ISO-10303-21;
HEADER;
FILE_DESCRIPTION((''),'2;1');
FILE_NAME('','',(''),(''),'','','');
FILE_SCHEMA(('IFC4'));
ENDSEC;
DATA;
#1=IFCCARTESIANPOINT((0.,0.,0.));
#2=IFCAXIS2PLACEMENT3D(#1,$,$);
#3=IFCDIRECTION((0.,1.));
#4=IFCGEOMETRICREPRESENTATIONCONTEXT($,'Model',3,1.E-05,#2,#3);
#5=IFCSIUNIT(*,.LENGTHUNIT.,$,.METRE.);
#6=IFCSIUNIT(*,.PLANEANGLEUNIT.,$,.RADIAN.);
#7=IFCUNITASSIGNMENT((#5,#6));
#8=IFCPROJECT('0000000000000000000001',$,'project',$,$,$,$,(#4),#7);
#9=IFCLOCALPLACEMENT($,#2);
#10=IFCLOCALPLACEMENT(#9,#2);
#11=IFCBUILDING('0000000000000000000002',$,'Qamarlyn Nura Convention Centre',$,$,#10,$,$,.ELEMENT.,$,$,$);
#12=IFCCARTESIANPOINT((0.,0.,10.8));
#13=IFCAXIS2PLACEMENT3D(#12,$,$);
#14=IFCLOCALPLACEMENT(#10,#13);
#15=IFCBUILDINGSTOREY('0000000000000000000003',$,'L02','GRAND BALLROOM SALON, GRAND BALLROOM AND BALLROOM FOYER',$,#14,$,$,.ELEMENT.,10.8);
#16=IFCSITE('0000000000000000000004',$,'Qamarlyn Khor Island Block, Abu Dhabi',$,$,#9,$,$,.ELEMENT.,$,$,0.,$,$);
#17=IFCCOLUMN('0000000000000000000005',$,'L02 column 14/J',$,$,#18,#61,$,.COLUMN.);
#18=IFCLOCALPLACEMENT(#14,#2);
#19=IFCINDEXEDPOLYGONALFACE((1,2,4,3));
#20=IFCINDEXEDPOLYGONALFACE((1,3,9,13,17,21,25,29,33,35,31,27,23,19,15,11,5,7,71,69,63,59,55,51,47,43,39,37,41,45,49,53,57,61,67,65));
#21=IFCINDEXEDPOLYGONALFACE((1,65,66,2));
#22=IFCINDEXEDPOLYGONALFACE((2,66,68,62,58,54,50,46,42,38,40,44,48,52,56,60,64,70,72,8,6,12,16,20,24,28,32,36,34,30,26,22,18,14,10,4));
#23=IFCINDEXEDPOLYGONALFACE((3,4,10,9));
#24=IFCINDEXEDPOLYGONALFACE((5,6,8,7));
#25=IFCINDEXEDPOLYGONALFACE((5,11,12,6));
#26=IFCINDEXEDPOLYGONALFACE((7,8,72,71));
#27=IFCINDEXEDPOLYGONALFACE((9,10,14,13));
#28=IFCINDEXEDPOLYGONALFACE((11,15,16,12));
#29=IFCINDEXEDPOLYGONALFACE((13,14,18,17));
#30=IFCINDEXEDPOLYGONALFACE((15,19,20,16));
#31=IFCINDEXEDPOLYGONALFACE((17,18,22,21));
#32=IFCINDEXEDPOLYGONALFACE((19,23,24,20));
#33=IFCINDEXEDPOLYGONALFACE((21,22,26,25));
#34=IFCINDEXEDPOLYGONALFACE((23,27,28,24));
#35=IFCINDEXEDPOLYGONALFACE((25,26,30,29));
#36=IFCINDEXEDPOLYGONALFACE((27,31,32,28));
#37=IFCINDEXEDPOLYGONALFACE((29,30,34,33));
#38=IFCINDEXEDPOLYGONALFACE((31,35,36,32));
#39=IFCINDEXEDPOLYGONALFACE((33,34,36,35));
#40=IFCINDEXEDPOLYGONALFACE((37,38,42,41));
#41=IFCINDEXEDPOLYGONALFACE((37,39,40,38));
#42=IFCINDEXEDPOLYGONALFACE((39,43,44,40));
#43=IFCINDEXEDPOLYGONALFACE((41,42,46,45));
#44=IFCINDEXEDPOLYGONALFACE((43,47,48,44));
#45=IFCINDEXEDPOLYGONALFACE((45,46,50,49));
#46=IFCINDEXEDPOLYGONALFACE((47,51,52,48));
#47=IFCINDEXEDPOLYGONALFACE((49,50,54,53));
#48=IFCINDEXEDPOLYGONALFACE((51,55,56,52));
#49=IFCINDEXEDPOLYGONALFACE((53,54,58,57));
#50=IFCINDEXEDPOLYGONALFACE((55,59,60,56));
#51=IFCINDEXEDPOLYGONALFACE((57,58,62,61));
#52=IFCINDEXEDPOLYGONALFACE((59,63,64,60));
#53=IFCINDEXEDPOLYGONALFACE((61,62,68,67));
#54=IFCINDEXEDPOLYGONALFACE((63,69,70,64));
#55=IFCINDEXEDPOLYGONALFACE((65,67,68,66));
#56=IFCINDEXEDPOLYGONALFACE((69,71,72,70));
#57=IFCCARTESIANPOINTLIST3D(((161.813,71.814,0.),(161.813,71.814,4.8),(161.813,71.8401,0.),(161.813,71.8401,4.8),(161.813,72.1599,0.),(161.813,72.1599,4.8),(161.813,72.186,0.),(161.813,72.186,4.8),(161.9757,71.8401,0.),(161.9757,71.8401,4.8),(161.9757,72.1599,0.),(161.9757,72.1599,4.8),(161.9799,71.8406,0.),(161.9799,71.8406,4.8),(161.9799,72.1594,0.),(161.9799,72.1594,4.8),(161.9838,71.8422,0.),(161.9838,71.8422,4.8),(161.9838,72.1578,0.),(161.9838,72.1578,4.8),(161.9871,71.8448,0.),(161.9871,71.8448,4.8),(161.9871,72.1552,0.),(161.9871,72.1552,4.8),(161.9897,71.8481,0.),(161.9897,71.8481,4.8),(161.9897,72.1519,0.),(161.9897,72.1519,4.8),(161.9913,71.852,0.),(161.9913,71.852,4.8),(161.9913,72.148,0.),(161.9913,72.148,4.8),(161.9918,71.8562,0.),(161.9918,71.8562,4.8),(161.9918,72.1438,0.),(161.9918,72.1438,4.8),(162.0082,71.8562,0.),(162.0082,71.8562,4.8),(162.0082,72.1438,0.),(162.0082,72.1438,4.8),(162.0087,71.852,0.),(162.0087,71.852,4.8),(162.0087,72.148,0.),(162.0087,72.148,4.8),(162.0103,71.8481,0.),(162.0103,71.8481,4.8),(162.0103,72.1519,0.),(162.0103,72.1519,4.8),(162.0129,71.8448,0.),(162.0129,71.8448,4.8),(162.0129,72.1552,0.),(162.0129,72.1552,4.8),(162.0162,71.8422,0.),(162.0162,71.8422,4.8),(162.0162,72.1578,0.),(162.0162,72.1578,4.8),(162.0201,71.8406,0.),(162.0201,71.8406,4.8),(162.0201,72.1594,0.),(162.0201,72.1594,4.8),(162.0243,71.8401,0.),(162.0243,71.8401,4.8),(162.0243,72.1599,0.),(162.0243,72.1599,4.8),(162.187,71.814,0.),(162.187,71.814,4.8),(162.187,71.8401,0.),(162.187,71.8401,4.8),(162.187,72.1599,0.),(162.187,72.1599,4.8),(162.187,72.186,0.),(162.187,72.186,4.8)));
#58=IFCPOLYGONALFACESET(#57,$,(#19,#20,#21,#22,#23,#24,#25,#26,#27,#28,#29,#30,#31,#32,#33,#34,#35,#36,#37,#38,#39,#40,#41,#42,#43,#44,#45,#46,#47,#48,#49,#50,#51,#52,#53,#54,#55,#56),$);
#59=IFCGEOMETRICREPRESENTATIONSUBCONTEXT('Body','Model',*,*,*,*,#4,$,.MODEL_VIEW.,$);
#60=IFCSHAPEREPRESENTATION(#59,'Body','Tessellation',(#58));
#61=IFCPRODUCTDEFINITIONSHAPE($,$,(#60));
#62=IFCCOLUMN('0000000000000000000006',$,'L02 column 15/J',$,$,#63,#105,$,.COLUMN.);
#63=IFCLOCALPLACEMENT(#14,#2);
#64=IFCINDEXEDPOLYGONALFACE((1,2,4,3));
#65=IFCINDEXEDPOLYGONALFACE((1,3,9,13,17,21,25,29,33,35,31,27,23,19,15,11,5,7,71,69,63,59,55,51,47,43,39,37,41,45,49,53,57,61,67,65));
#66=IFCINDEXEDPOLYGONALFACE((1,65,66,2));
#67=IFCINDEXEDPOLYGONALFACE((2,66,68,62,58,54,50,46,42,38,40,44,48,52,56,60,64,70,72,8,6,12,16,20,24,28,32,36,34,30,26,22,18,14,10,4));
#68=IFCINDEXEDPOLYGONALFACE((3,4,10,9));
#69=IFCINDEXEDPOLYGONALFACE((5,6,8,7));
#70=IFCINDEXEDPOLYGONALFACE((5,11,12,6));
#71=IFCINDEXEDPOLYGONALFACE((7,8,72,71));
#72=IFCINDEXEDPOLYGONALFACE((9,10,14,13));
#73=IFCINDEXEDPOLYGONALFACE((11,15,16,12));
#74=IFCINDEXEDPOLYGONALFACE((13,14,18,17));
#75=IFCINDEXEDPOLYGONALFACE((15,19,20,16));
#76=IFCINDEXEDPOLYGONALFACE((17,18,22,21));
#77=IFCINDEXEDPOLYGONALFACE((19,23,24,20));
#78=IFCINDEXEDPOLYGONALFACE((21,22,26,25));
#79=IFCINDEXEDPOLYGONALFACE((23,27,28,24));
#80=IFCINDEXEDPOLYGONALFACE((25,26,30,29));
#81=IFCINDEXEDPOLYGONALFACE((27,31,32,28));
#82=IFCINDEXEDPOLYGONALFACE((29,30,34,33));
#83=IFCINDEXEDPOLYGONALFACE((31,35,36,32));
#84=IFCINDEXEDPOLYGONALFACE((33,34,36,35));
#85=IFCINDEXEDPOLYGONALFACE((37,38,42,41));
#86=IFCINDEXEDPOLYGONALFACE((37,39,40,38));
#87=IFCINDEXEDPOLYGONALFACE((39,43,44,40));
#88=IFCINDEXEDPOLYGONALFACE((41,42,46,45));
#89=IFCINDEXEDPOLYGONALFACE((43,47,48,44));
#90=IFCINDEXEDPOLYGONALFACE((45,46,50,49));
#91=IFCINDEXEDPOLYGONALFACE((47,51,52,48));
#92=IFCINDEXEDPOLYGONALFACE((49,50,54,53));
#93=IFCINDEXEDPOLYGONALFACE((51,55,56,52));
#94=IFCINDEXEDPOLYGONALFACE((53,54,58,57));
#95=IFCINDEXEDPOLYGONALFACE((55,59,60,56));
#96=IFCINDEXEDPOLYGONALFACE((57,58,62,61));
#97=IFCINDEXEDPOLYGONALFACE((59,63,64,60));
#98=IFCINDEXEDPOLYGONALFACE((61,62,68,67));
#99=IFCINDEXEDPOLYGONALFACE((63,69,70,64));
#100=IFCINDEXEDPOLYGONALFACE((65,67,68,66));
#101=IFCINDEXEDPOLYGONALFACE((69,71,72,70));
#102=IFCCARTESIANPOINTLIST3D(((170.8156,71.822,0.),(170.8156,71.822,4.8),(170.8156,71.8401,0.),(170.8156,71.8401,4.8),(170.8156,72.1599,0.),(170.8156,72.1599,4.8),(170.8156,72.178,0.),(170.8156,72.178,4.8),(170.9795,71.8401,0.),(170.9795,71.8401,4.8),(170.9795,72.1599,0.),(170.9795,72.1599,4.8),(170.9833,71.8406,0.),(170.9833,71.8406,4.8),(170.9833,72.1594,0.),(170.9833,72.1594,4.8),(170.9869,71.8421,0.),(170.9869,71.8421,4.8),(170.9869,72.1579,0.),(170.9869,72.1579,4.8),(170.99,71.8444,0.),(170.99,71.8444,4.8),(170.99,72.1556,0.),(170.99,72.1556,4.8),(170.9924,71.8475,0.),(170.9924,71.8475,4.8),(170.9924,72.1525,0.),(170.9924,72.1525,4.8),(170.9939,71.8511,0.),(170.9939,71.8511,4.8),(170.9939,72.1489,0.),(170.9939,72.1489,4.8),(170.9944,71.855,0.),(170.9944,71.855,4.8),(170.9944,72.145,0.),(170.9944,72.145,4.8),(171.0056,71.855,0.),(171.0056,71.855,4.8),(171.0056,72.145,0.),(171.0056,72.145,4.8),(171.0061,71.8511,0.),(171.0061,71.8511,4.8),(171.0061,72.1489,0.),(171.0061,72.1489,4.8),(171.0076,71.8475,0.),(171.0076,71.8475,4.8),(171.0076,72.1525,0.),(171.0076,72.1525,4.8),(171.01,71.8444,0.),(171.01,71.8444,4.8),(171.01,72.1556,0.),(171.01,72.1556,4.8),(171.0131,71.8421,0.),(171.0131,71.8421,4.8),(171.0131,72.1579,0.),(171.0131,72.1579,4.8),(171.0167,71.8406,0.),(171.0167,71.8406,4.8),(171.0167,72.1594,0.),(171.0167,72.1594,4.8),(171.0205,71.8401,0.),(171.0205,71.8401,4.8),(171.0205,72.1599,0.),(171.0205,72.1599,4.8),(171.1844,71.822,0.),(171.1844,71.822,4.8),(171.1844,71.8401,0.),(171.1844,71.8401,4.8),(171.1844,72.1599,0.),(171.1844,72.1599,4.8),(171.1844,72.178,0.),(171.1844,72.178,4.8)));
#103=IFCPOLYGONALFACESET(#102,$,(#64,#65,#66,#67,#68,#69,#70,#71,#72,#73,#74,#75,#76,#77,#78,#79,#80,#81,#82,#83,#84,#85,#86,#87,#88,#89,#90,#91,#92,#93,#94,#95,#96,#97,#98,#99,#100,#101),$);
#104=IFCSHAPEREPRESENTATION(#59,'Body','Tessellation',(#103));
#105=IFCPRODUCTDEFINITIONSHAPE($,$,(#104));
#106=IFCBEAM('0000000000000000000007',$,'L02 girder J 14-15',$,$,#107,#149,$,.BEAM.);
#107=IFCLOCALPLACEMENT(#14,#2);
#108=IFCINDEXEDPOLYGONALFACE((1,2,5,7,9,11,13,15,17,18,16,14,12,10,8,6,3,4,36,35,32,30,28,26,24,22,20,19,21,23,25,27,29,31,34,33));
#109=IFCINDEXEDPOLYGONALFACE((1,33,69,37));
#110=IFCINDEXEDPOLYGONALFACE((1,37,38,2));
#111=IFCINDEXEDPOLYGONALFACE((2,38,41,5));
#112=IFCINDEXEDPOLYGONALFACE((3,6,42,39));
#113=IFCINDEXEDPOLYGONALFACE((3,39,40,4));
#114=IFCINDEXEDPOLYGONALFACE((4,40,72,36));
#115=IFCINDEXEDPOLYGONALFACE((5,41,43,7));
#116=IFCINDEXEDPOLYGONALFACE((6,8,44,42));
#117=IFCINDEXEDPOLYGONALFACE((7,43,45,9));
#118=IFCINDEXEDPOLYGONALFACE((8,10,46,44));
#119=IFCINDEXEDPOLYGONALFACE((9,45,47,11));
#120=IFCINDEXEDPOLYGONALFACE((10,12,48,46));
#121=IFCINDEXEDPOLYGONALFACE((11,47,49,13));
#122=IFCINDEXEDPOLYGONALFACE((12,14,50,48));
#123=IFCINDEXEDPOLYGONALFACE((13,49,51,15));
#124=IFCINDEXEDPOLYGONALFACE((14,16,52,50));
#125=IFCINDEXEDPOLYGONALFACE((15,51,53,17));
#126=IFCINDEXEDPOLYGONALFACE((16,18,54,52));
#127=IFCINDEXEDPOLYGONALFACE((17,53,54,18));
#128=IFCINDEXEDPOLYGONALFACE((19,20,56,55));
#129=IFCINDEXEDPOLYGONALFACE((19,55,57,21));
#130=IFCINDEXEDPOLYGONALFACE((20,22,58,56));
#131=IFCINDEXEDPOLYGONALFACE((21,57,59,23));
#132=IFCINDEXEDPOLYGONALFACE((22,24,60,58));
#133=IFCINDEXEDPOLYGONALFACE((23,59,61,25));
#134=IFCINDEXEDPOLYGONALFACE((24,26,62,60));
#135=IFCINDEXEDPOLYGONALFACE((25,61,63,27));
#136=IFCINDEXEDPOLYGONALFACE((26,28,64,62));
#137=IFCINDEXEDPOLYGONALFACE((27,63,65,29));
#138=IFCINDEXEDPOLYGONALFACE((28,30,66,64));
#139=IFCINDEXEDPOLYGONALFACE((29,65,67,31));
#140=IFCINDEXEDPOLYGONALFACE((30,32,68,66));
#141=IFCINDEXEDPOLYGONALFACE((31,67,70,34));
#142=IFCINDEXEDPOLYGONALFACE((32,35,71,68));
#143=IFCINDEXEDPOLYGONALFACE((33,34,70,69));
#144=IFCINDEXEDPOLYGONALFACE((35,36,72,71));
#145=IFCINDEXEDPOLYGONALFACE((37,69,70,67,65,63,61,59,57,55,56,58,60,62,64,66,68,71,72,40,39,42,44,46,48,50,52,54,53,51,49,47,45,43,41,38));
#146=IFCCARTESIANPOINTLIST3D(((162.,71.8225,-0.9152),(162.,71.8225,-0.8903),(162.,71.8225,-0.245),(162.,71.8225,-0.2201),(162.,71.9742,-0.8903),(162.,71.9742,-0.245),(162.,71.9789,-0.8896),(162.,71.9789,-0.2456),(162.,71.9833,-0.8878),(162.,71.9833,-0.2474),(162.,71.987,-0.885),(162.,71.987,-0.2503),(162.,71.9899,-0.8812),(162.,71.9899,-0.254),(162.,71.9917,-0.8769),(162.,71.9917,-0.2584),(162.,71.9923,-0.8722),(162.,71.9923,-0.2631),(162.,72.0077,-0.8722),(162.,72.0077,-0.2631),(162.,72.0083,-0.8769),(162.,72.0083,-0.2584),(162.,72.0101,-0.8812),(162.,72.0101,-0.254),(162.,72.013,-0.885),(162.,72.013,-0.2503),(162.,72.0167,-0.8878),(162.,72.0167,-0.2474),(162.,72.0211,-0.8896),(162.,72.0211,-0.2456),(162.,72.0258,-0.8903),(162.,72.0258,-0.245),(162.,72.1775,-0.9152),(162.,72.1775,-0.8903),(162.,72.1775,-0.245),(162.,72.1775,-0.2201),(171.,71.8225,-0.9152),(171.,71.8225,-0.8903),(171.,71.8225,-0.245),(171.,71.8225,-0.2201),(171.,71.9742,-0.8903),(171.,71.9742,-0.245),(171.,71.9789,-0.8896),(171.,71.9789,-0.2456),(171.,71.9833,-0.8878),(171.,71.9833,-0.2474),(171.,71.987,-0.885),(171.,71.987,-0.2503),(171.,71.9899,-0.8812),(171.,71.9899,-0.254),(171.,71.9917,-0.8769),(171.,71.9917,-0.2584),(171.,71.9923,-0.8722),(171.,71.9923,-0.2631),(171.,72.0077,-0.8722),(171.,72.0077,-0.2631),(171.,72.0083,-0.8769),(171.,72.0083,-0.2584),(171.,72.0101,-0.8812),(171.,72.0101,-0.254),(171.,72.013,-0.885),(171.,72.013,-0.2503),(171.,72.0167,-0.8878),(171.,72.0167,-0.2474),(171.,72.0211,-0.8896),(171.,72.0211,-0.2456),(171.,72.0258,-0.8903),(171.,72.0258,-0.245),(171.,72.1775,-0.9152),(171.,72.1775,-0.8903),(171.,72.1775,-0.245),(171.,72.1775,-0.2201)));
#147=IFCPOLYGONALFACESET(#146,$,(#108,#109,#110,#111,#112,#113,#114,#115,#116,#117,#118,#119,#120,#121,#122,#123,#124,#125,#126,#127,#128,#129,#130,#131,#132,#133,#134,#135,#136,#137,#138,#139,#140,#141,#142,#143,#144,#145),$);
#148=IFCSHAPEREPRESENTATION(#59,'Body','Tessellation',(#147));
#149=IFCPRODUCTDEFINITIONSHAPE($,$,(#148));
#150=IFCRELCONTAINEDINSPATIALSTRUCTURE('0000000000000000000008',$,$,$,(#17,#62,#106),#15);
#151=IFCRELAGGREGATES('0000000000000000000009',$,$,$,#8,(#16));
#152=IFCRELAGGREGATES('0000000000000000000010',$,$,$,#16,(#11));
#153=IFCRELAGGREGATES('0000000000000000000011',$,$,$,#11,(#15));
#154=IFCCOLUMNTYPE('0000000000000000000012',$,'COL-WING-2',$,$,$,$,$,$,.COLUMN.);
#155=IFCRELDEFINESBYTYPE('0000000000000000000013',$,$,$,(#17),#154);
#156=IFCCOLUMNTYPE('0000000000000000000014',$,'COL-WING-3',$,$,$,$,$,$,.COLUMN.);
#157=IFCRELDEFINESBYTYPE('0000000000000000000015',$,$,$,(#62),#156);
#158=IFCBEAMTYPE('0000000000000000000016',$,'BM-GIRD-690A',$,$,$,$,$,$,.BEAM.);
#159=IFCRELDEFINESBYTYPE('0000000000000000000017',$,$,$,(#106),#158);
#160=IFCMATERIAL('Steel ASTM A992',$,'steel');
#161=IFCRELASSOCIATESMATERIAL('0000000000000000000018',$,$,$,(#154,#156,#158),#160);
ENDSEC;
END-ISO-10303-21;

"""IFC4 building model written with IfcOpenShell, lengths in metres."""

from ifc_helpers import new_model, si_unit, direction, frame, origin, origin_2d, place, context, subcontext, project, spatial, i_section, extrude, material, material_profile, profile_set, type_object, element, save


model = new_model("IFC4")

# Units and contexts
model_context = context("Model", 3, precision=1e-05, world=origin(), true_north=direction((0.0, 1.0)))
body_context = subcontext(model_context, "Body", "Model", "MODEL_VIEW")
ifc_project = project(units=[si_unit("LENGTHUNIT", "METRE"), si_unit("PLANEANGLEUNIT", "RADIAN")], contexts=[model_context])

# Site, building, storey
site_placement = place(None, origin())
site = spatial("IfcSite", under=ifc_project, at=site_placement, Name="Qamarlyn Khor Island Block, Abu Dhabi", CompositionType="ELEMENT", RefElevation=0.0)
building_placement = place(site_placement, origin())
building = spatial("IfcBuilding", under=site, at=building_placement, Name="Qamarlyn Nura Convention Centre", CompositionType="ELEMENT")
storey_placement = place(building_placement, frame((0.0, 0.0, 10.8)))
storey = spatial("IfcBuildingStorey", under=building, at=storey_placement, Name="L02", Description="GRAND BALLROOM SALON, GRAND BALLROOM AND BALLROOM FOYER", CompositionType="ELEMENT", Elevation=10.8)

# Columns
ifc_material_1 = material(Name="Steel ASTM A992", Category="steel")
ifc_material_profile_1 = material_profile(ifc_material_1, i_section(OverallWidth=0.374, OverallDepth=0.3721, WebThickness=0.0164, FlangeThickness=0.0261, FilletRadius=0.0161, at=origin_2d()), Name="W360X196")
ifc_profile_set_1 = profile_set([ifc_material_profile_1], Name="Steel ASTM A992")
column_type_1 = type_object("IfcColumnType", Name="COL-WING-2", PredefinedType="COLUMN", material=ifc_profile_set_1)
column_1_placement = place(storey_placement, frame((162.0, 72.0, 0.0), z_axis=(0.0, 0.0, 1.0), x_axis=(1.0, 0.0, 0.0)))
element("IfcColumn", 1, at=column_1_placement, inside=storey, type_object=column_type_1, Name="L02 column 14/J", PredefinedType="COLUMN", context=body_context, shape_type="SweptSolid", body=[
    extrude(i_section(OverallWidth=0.374, OverallDepth=0.3721, WebThickness=0.0164, FlangeThickness=0.0261, FilletRadius=0.0161, at=origin_2d()), origin(), (0.0, 0.0, 1.0), 4.8),
])
ifc_material_profile_2 = material_profile(ifc_material_1, i_section(OverallWidth=0.3689, OverallDepth=0.356, WebThickness=0.0112, FlangeThickness=0.0181, FilletRadius=0.0149, at=origin_2d()), Name="W360X134")
ifc_profile_set_2 = profile_set([ifc_material_profile_2], Name="Steel ASTM A992")
column_type_2 = type_object("IfcColumnType", Name="COL-WING-3", PredefinedType="COLUMN", material=ifc_profile_set_2)
column_2_placement = place(storey_placement, frame((171.0, 72.0, 0.0), z_axis=(0.0, 0.0, 1.0), x_axis=(1.0, 0.0, 0.0)))
element("IfcColumn", 2, at=column_2_placement, inside=storey, type_object=column_type_2, Name="L02 column 15/J", PredefinedType="COLUMN", context=body_context, shape_type="SweptSolid", body=[
    extrude(i_section(OverallWidth=0.3689, OverallDepth=0.356, WebThickness=0.0112, FlangeThickness=0.0181, FilletRadius=0.0149, at=origin_2d()), origin(), (0.0, 0.0, 1.0), 4.8),
])

# Beam
ifc_material_profile_3 = material_profile(ifc_material_1, i_section(OverallWidth=0.355, OverallDepth=0.6951, WebThickness=0.0154, FlangeThickness=0.0249, FilletRadius=0.0181, at=origin_2d()), Name="W690X217")
ifc_profile_set_3 = profile_set([ifc_material_profile_3], Name="Steel ASTM A992")
beam_type_1 = type_object("IfcBeamType", Name="BM-GIRD-690A", PredefinedType="BEAM", material=ifc_profile_set_3)
beam_1_placement = place(storey_placement, frame((162.0, 72.0, -0.5676), z_axis=(1.0, 0.0, 0.0), x_axis=(0.0, 1.0, 0.0)))
element("IfcBeam", 3, at=beam_1_placement, inside=storey, type_object=beam_type_1, Name="L02 girder J 14-15", PredefinedType="BEAM", context=body_context, shape_type="SweptSolid", body=[
    extrude(i_section(OverallWidth=0.355, OverallDepth=0.6951, WebThickness=0.0154, FlangeThickness=0.0249, FilletRadius=0.0181, at=origin_2d()), origin(), (0.0, 0.0, 1.0), 9.0),
])

save(model, "model.ifc")
